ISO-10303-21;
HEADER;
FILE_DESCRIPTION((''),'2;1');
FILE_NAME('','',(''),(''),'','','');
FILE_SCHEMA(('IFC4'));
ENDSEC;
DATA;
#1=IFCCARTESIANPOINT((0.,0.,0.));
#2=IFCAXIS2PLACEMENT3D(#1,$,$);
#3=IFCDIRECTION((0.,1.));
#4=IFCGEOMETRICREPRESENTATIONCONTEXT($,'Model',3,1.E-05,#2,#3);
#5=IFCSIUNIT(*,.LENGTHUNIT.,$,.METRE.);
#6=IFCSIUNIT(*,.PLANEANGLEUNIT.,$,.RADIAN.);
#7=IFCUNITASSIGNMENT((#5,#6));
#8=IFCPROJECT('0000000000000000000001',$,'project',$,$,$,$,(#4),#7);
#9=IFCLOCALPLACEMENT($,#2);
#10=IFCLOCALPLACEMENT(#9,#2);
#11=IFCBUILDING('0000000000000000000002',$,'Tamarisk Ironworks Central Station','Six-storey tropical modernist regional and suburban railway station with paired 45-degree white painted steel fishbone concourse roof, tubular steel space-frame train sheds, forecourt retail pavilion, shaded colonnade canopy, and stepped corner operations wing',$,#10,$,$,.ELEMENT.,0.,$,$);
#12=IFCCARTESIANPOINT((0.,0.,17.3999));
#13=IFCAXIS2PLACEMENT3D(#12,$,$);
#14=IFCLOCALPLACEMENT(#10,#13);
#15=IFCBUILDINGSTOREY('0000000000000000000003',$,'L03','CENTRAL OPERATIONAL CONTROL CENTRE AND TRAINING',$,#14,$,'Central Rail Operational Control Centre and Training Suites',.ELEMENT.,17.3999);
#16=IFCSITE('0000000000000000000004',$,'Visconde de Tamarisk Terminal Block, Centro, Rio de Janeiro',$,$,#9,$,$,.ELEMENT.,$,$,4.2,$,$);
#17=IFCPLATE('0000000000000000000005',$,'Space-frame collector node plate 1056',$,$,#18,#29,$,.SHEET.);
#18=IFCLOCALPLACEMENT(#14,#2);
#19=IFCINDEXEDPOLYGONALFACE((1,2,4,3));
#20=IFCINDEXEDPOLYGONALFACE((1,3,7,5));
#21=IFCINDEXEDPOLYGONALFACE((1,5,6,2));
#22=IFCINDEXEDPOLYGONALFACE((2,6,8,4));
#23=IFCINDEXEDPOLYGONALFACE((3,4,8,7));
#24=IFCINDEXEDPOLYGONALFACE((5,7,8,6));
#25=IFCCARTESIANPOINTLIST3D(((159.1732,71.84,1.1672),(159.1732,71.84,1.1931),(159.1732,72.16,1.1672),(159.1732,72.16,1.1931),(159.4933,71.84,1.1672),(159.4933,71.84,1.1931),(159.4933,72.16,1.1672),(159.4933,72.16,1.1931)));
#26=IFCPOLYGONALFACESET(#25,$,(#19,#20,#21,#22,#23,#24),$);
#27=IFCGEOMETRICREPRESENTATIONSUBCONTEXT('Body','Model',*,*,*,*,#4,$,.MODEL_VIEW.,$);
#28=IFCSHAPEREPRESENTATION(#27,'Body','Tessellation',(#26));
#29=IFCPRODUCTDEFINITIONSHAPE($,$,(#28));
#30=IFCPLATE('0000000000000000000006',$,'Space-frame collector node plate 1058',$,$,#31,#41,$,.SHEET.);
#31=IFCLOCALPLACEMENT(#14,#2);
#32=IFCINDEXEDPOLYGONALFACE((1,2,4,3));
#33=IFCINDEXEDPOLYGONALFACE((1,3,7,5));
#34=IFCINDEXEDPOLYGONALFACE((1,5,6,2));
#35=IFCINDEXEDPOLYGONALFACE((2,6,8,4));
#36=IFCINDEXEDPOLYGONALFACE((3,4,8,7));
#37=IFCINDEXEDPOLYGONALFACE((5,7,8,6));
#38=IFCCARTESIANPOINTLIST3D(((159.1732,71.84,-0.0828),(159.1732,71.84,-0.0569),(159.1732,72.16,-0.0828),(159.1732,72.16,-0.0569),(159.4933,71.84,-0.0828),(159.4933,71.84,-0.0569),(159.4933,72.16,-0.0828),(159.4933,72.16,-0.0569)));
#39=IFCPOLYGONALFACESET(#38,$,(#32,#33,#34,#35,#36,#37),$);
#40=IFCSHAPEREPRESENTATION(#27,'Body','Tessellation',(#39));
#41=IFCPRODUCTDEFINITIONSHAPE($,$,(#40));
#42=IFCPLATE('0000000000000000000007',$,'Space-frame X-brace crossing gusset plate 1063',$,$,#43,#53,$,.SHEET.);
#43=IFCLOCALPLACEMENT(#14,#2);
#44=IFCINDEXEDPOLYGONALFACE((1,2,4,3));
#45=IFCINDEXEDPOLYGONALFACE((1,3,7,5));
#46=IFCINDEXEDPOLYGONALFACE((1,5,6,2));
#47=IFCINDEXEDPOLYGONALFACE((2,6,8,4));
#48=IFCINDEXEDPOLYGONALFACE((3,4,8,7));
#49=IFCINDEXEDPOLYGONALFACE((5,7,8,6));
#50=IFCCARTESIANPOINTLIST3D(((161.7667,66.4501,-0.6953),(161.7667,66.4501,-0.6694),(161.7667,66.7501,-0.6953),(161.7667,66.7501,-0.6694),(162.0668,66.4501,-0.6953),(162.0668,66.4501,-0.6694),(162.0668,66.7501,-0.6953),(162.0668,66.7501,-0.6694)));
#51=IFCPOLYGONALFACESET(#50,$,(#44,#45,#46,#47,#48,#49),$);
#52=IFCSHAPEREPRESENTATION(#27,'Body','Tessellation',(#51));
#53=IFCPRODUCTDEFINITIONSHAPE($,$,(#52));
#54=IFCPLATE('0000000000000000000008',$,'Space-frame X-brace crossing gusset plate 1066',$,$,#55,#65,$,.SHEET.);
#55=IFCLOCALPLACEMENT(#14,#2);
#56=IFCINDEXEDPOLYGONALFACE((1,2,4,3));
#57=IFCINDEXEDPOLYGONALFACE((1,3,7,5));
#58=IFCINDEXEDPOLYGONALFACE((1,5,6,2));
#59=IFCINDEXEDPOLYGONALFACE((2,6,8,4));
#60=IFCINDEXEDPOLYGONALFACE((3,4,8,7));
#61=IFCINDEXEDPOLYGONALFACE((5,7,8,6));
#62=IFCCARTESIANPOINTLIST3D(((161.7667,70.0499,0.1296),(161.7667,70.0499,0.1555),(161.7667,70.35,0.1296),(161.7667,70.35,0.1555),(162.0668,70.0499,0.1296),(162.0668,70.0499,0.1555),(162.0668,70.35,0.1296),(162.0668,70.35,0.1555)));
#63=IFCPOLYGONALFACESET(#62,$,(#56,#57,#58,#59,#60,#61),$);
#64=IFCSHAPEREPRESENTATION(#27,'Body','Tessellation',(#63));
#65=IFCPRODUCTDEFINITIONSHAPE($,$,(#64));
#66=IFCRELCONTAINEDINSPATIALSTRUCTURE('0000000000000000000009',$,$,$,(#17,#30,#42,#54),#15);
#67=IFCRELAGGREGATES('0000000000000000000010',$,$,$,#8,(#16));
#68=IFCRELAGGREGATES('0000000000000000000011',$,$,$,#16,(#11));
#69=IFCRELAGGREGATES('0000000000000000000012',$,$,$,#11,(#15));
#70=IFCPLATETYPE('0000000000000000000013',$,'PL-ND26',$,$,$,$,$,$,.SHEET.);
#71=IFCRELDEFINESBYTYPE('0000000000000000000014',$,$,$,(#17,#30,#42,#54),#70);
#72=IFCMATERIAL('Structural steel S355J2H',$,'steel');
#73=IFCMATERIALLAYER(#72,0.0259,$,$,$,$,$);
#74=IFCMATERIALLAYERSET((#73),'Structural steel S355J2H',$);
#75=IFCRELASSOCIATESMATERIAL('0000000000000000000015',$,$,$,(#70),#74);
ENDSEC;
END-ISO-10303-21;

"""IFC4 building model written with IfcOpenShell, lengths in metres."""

from ifc_helpers import new_model, si_unit, direction, frame, origin, origin_2d, place, context, subcontext, project, spatial, rectangle, extrude, material, layer, layer_set, type_object, element, save


model = new_model("IFC4")

# Units and contexts
model_context = context("Model", 3, precision=1e-05, world=origin(), true_north=direction((0.0, 1.0)))
body_context = subcontext(model_context, "Body", "Model", "MODEL_VIEW")
ifc_project = project(units=[si_unit("LENGTHUNIT", "METRE"), si_unit("PLANEANGLEUNIT", "RADIAN")], contexts=[model_context])

# Site, building, storey
site_placement = place(None, origin())
site = spatial("IfcSite", under=ifc_project, at=site_placement, Name="Visconde de Tamarisk Terminal Block, Centro, Rio de Janeiro", CompositionType="ELEMENT", RefElevation=4.2)
building_placement = place(site_placement, origin())
building = spatial("IfcBuilding", under=site, at=building_placement, Name="Tamarisk Ironworks Central Station", Description="Six-storey tropical modernist regional and suburban railway station with paired 45-degree white painted steel fishbone concourse roof, tubular steel space-frame train sheds, forecourt retail pavilion, shaded colonnade canopy, and stepped corner operations wing", CompositionType="ELEMENT", ElevationOfRefHeight=0.0)
storey_placement = place(building_placement, frame((0.0, 0.0, 17.3999)))
storey = spatial("IfcBuildingStorey", under=building, at=storey_placement, Name="L03", Description="CENTRAL OPERATIONAL CONTROL CENTRE AND TRAINING", LongName="Central Rail Operational Control Centre and Training Suites", CompositionType="ELEMENT", Elevation=17.3999)

# Shared definitions
ifc_material = material(Name="Structural steel S355J2H", Category="steel")

# Plates
ifc_layer = layer(ifc_material, 0.0259)
ifc_layer_set = layer_set([ifc_layer], Name="Structural steel S355J2H")
plate_type = type_object("IfcPlateType", Name="PL-ND26", PredefinedType="SHEET", material=ifc_layer_set)
for number, where, z_axis, x_axis, name in (
    (1, (159.3333, 72.0, 1.1672), (0.0, 0.0, 1.0), (1.0, 0.0, 0.0), "Space-frame collector node plate 1056"),
    (2, (159.3333, 72.0, -0.0828), (0.0, 0.0, 1.0), (1.0, 0.0, 0.0), "Space-frame collector node plate 1058"),
):
    element("IfcPlate", number, at=place(storey_placement, frame(where, z_axis=z_axis, x_axis=x_axis)), inside=storey, type_object=plate_type, Name=name, PredefinedType="SHEET", context=body_context, shape_type="SweptSolid", body=[
        extrude(rectangle(XDim=0.3201, YDim=0.3201, at=origin_2d()), origin(), (0.0, 0.0, 1.0), 0.0259),
    ])
for number, where, z_axis, x_axis, name in (
    (3, (161.9167, 66.6001, -0.6953), (0.0, 0.0, 1.0), (1.0, 0.0, 0.0), "Space-frame X-brace crossing gusset plate 1063"),
    (4, (161.9167, 70.2, 0.1296), (0.0, 0.0, 1.0), (1.0, 0.0, 0.0), "Space-frame X-brace crossing gusset plate 1066"),
):
    element("IfcPlate", number, at=place(storey_placement, frame(where, z_axis=z_axis, x_axis=x_axis)), inside=storey, type_object=plate_type, Name=name, PredefinedType="SHEET", context=body_context, shape_type="SweptSolid", body=[
        extrude(rectangle(XDim=0.3, YDim=0.3, at=origin_2d()), origin(), (0.0, 0.0, 1.0), 0.0259),
    ])

save(model, "model.ifc")
